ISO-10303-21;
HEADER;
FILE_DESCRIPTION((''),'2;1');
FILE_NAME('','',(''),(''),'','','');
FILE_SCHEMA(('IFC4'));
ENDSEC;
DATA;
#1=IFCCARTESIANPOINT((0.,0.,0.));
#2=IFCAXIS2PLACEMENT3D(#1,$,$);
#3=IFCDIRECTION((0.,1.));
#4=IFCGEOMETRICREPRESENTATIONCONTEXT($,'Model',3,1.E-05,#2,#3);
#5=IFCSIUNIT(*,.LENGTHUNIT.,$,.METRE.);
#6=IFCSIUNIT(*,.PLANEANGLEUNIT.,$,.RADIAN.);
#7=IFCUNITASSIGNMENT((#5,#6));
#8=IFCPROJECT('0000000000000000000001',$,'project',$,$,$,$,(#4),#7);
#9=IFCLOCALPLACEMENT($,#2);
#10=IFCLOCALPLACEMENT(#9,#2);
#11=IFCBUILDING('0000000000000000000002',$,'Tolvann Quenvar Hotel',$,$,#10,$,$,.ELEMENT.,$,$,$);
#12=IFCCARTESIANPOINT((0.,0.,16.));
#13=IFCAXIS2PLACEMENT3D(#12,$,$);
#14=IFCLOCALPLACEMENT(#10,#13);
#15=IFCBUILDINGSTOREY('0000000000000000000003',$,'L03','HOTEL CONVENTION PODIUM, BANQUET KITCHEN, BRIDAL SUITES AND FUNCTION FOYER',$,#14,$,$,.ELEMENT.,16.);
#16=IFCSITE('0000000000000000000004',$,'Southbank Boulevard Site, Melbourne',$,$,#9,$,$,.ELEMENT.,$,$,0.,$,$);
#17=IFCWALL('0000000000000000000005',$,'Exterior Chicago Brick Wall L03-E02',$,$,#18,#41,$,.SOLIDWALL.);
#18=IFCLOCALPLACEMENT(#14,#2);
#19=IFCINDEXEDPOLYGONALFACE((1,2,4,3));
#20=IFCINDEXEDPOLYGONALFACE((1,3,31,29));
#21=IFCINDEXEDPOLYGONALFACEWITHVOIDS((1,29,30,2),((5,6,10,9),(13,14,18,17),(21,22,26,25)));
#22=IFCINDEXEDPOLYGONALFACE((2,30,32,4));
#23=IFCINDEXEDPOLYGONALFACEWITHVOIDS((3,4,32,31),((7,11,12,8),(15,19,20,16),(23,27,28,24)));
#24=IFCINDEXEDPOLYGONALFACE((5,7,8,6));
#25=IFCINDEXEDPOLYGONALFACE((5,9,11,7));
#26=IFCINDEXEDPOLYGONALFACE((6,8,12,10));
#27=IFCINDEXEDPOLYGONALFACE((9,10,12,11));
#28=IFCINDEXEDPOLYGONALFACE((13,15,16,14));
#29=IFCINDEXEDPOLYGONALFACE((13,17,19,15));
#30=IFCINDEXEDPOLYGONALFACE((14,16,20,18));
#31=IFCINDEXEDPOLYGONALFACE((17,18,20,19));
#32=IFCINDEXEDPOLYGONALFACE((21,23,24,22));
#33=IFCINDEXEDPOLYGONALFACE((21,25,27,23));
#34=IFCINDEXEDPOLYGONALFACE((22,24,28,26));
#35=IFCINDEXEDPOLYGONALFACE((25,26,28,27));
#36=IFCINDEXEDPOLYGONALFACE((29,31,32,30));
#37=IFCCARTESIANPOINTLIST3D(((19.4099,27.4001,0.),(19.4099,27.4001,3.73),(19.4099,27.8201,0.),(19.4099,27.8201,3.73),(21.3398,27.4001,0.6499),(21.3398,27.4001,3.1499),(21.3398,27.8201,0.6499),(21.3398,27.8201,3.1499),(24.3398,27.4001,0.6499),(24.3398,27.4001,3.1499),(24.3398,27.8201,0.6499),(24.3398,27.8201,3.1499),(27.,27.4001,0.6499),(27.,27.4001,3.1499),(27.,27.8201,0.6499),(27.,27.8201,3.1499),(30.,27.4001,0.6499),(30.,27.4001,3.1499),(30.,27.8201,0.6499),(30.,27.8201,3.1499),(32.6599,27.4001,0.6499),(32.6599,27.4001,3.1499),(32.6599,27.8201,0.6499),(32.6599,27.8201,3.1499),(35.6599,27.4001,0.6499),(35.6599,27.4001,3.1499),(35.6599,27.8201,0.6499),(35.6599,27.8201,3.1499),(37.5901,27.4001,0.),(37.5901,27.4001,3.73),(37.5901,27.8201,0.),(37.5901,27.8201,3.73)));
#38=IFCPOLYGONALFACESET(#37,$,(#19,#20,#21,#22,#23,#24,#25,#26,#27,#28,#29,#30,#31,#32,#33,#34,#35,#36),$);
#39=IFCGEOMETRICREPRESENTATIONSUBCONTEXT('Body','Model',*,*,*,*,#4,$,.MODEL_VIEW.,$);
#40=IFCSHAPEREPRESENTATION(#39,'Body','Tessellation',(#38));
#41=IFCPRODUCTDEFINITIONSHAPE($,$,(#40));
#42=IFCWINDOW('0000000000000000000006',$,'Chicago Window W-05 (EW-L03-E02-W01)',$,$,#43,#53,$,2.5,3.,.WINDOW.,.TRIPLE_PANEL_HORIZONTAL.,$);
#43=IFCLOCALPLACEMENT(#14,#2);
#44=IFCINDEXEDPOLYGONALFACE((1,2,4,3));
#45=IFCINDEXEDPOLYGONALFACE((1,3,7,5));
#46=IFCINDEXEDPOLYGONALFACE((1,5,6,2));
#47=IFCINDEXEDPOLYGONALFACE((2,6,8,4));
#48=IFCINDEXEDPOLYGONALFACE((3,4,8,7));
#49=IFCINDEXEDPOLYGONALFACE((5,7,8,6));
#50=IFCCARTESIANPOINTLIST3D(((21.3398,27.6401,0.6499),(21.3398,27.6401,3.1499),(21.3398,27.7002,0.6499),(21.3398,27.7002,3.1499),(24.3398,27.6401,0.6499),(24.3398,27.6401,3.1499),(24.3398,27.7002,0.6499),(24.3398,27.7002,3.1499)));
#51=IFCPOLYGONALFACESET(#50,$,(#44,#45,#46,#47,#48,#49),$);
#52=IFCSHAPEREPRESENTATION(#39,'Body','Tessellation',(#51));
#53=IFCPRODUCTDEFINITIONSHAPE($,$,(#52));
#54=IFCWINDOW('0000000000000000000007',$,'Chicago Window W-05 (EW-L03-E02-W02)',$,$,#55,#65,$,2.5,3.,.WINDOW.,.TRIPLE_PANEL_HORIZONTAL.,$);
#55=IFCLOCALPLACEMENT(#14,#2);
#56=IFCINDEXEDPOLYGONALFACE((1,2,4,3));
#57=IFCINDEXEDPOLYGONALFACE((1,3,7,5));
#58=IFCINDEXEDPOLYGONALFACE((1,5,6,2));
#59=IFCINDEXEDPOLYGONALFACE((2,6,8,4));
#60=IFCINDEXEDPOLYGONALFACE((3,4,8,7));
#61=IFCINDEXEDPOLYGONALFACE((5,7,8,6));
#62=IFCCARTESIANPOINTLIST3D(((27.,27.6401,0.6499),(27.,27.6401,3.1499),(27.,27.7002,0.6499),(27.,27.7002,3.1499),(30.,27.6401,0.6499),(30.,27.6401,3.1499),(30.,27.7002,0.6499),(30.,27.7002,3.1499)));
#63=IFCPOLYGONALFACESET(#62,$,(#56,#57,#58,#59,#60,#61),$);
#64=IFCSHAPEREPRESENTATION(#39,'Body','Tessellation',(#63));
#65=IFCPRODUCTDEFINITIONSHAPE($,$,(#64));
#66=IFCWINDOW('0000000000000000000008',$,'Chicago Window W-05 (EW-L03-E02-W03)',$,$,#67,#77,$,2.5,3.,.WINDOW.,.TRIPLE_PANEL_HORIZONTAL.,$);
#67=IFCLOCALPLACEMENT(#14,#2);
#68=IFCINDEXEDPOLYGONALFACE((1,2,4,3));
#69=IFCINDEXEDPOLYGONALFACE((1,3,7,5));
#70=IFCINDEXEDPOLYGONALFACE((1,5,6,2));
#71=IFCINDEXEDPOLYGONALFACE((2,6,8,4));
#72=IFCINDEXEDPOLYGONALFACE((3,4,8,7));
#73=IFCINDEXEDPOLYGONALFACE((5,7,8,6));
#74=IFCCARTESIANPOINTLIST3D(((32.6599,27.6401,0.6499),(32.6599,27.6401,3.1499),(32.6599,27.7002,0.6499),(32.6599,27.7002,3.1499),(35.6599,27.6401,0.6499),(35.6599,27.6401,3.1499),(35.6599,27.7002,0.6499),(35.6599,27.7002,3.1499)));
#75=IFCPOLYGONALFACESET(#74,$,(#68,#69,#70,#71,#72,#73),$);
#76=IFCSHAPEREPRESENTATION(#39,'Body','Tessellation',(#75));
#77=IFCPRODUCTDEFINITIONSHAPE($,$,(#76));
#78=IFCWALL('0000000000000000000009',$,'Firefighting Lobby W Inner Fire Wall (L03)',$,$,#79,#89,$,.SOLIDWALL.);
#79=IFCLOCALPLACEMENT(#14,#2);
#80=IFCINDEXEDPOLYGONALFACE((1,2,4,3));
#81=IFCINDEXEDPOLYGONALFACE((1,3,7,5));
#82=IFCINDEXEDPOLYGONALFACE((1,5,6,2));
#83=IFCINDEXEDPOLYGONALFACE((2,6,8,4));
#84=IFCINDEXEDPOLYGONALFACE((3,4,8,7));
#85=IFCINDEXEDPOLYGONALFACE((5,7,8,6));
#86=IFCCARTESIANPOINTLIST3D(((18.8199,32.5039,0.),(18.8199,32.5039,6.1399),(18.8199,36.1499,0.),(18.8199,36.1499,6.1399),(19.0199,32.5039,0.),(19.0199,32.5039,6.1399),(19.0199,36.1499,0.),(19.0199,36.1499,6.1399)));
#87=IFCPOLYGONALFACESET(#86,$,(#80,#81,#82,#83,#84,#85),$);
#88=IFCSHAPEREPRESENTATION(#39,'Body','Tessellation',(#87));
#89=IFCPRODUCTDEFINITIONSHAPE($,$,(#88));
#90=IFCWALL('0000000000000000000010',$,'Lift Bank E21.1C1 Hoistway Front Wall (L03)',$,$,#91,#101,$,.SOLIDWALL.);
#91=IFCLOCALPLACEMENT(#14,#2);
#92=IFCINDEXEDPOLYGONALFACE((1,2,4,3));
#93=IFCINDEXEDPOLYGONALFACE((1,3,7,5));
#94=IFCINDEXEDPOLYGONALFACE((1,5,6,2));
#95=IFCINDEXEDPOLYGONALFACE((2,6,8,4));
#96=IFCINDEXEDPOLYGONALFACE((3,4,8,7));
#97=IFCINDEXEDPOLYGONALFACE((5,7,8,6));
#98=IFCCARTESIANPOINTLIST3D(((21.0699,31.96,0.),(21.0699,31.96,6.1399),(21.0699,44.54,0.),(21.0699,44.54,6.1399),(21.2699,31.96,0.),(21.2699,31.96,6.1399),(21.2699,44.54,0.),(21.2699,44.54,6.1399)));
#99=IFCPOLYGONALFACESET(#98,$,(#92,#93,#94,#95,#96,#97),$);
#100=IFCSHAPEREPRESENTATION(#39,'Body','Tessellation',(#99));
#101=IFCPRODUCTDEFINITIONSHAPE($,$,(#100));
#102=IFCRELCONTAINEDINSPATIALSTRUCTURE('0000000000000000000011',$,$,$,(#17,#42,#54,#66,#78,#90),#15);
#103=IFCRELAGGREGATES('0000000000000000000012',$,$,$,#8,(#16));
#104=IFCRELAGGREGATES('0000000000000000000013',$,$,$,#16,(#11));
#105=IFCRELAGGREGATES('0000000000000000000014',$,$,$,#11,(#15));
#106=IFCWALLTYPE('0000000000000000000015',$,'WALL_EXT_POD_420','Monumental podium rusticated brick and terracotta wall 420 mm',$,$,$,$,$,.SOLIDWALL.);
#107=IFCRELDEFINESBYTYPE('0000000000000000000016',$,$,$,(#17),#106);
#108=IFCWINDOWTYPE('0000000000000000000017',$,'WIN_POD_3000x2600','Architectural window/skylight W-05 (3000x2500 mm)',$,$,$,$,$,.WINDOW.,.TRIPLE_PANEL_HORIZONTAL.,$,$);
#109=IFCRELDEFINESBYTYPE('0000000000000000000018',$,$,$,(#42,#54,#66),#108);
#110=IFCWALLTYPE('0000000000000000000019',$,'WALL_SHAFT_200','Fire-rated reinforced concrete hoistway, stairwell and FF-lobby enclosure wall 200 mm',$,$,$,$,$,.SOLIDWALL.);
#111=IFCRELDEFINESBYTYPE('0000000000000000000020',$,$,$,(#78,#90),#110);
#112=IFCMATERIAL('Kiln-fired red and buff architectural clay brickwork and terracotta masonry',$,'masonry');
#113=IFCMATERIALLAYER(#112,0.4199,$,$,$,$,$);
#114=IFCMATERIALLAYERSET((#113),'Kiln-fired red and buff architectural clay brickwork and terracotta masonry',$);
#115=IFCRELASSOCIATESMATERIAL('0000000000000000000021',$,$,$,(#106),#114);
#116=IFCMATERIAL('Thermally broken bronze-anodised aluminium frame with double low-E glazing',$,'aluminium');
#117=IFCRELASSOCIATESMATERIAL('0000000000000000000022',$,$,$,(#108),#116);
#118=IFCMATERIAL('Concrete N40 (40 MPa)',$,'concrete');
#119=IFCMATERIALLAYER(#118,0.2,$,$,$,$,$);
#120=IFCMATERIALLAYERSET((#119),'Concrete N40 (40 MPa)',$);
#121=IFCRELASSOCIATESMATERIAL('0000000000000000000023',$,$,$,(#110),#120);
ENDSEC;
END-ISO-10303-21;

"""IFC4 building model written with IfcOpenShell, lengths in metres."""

from ifc_helpers import new_model, si_unit, direction, frame, frame_2d, origin, place, context, subcontext, project, spatial, rectangle, extrude, source, transform, mapped, material, layer, layer_set, type_object, type_shapes, element, fill, save


model = new_model("IFC4")

# Units and contexts
model_context = context("Model", 3, precision=1e-05, world=origin(), true_north=direction((0.0, 1.0)))
body_context = subcontext(model_context, "Body", "Model", "MODEL_VIEW")
ifc_project = project(units=[si_unit("LENGTHUNIT", "METRE"), si_unit("PLANEANGLEUNIT", "RADIAN")], contexts=[model_context])

# Site, building, storey
site_placement = place(None, origin())
site = spatial("IfcSite", under=ifc_project, at=site_placement, Name="Southbank Boulevard Site, Melbourne", CompositionType="ELEMENT", RefElevation=0.0)
building_placement = place(site_placement, origin())
building = spatial("IfcBuilding", under=site, at=building_placement, Name="Tolvann Quenvar Hotel", CompositionType="ELEMENT")
storey_placement = place(building_placement, frame((0.0, 0.0, 16.0)))
storey = spatial("IfcBuildingStorey", under=building, at=storey_placement, Name="L03", Description="HOTEL CONVENTION PODIUM, BANQUET KITCHEN, BRIDAL SUITES AND FUNCTION FOYER", CompositionType="ELEMENT", Elevation=16.0)

# Wall, openings, windows
ifc_material_1 = material(Name="Kiln-fired red and buff architectural clay brickwork and terracotta masonry", Category="masonry")
ifc_layer_1 = layer(ifc_material_1, 0.4199)
ifc_layer_set_1 = layer_set([ifc_layer_1], Name="Kiln-fired red and buff architectural clay brickwork and terracotta masonry")
wall_type_1 = type_object("IfcWallType", Name="WALL_EXT_POD_420", Description="Monumental podium rusticated brick and terracotta wall 420 mm", PredefinedType="SOLIDWALL", material=ifc_layer_set_1)
wall_1_placement = place(storey_placement, frame((19.4099, 27.6101, 0.0), z_axis=(0.0, 0.0, 1.0), x_axis=(1.0, 0.0, 0.0)))
wall_1 = element("IfcWall", 1, at=wall_1_placement, inside=storey, type_object=wall_type_1, Name="Exterior Chicago Brick Wall L03-E02", PredefinedType="SOLIDWALL", context=body_context, shape_type="SweptSolid", body=[
    extrude(rectangle(XDim=18.1802, YDim=0.4199, at=frame_2d((9.0901, 0.0))), origin(), (0.0, 0.0, 1.0), 3.73),
])
opening_1_placement = place(wall_1_placement, frame((1.9299, 0.0, 0.6499)))
opening_1 = element("IfcOpeningElement", 2, at=opening_1_placement, cuts=wall_1, PredefinedType="OPENING", context=body_context, shape_type="SweptSolid", body=[
    extrude(rectangle(XDim=3.0, YDim=2.5, at=frame_2d((1.5, 1.25))), frame((0.0, 0.22, 0.0), z_axis=(0.0, -1.0, 0.0), x_axis=(1.0, 0.0, 0.0)), (0.0, 0.0, 1.0), 0.4399),
])
opening_2_placement = place(wall_1_placement, frame((7.5901, 0.0, 0.6499)))
opening_2 = element("IfcOpeningElement", 3, at=opening_2_placement, cuts=wall_1, PredefinedType="OPENING", context=body_context, shape_type="SweptSolid", body=[
    extrude(rectangle(XDim=3.0, YDim=2.5, at=frame_2d((1.5, 1.25))), frame((0.0, 0.22, 0.0), z_axis=(0.0, -1.0, 0.0), x_axis=(1.0, 0.0, 0.0)), (0.0, 0.0, 1.0), 0.4399),
])
opening_3_placement = place(wall_1_placement, frame((13.25, 0.0, 0.6499)))
opening_3 = element("IfcOpeningElement", 4, at=opening_3_placement, cuts=wall_1, PredefinedType="OPENING", context=body_context, shape_type="SweptSolid", body=[
    extrude(rectangle(XDim=3.0, YDim=2.5, at=frame_2d((1.5, 1.25))), frame((0.0, 0.22, 0.0), z_axis=(0.0, -1.0, 0.0), x_axis=(1.0, 0.0, 0.0)), (0.0, 0.0, 1.0), 0.4399),
])
ifc_material_2 = material(Name="Thermally broken bronze-anodised aluminium frame with double low-E glazing", Category="aluminium")
window_type = type_object("IfcWindowType", Name="WIN_POD_3000x2600", Description="Architectural window/skylight W-05 (3000x2500 mm)", PartitioningType="TRIPLE_PANEL_HORIZONTAL", PredefinedType="WINDOW", material=ifc_material_2)
shared_shape_1 = source(origin(), body_context, "Body", "SweptSolid", [
    extrude(rectangle(XDim=3.0, YDim=2.5, at=frame_2d((1.5, 1.25))), frame((0.0, 0.0901, 0.0), z_axis=(0.0, -1.0, 0.0), x_axis=(1.0, 0.0, 0.0)), (0.0, 0.0, 1.0), 0.0601),
])
type_shapes(window_type, [shared_shape_1])
window_1_placement = place(opening_1_placement, origin())
window_1 = element("IfcWindow", 5, at=window_1_placement, inside=storey, type_object=window_type, Name="Chicago Window W-05 (EW-L03-E02-W01)", OverallHeight=2.5, OverallWidth=3.0, PartitioningType="TRIPLE_PANEL_HORIZONTAL", PredefinedType="WINDOW", context=body_context, shape_type="MappedRepresentation", body=[
    mapped(shared_shape_1, transform((0.0, 0.0, 0.0), x_axis=(1.0, 0.0, 0.0), y_axis=(0.0, 1.0, 0.0), z_axis=(0.0, 0.0, 1.0), scale=1.0)),
])
fill(opening_1, window_1)
window_2_placement = place(opening_2_placement, origin())
window_2 = element("IfcWindow", 6, at=window_2_placement, inside=storey, type_object=window_type, Name="Chicago Window W-05 (EW-L03-E02-W02)", OverallHeight=2.5, OverallWidth=3.0, PartitioningType="TRIPLE_PANEL_HORIZONTAL", PredefinedType="WINDOW", context=body_context, shape_type="MappedRepresentation", body=[
    mapped(shared_shape_1, transform((0.0, 0.0, 0.0), x_axis=(1.0, 0.0, 0.0), y_axis=(0.0, 1.0, 0.0), z_axis=(0.0, 0.0, 1.0), scale=1.0)),
])
fill(opening_2, window_2)
window_3_placement = place(opening_3_placement, origin())
window_3 = element("IfcWindow", 7, at=window_3_placement, inside=storey, type_object=window_type, Name="Chicago Window W-05 (EW-L03-E02-W03)", OverallHeight=2.5, OverallWidth=3.0, PartitioningType="TRIPLE_PANEL_HORIZONTAL", PredefinedType="WINDOW", context=body_context, shape_type="MappedRepresentation", body=[
    mapped(shared_shape_1, transform((0.0, 0.0, 0.0), x_axis=(1.0, 0.0, 0.0), y_axis=(0.0, 1.0, 0.0), z_axis=(0.0, 0.0, 1.0), scale=1.0)),
])
fill(opening_3, window_3)

# Walls
ifc_material_3 = material(Name="Concrete N40 (40 MPa)", Category="concrete")
ifc_layer_2 = layer(ifc_material_3, 0.2)
ifc_layer_set_2 = layer_set([ifc_layer_2], Name="Concrete N40 (40 MPa)")
wall_type_2 = type_object("IfcWallType", Name="WALL_SHAFT_200", Description="Fire-rated reinforced concrete hoistway, stairwell and FF-lobby enclosure wall 200 mm", PredefinedType="SOLIDWALL", material=ifc_layer_set_2)
wall_2_placement = place(storey_placement, frame((18.9199, 32.5039, 0.0), z_axis=(0.0, 0.0, 1.0), x_axis=(0.0, 1.0, 0.0)))
element("IfcWall", 8, at=wall_2_placement, inside=storey, type_object=wall_type_2, Name="Firefighting Lobby W Inner Fire Wall (L03)", PredefinedType="SOLIDWALL", context=body_context, shape_type="SweptSolid", body=[
    extrude(rectangle(XDim=3.646, YDim=0.2, at=frame_2d((1.823, 0.0))), origin(), (0.0, 0.0, 1.0), 6.1399),
])
wall_3_placement = place(storey_placement, frame((21.1699, 31.96, 0.0), z_axis=(0.0, 0.0, 1.0), x_axis=(0.0, 1.0, 0.0)))
element("IfcWall", 9, at=wall_3_placement, inside=storey, type_object=wall_type_2, Name="Lift Bank E21.1C1 Hoistway Front Wall (L03)", PredefinedType="SOLIDWALL", context=body_context, shape_type="SweptSolid", body=[
    extrude(rectangle(XDim=12.5801, YDim=0.2, at=frame_2d((6.29, 0.0))), origin(), (0.0, 0.0, 1.0), 6.1399),
])

save(model, "model.ifc")
